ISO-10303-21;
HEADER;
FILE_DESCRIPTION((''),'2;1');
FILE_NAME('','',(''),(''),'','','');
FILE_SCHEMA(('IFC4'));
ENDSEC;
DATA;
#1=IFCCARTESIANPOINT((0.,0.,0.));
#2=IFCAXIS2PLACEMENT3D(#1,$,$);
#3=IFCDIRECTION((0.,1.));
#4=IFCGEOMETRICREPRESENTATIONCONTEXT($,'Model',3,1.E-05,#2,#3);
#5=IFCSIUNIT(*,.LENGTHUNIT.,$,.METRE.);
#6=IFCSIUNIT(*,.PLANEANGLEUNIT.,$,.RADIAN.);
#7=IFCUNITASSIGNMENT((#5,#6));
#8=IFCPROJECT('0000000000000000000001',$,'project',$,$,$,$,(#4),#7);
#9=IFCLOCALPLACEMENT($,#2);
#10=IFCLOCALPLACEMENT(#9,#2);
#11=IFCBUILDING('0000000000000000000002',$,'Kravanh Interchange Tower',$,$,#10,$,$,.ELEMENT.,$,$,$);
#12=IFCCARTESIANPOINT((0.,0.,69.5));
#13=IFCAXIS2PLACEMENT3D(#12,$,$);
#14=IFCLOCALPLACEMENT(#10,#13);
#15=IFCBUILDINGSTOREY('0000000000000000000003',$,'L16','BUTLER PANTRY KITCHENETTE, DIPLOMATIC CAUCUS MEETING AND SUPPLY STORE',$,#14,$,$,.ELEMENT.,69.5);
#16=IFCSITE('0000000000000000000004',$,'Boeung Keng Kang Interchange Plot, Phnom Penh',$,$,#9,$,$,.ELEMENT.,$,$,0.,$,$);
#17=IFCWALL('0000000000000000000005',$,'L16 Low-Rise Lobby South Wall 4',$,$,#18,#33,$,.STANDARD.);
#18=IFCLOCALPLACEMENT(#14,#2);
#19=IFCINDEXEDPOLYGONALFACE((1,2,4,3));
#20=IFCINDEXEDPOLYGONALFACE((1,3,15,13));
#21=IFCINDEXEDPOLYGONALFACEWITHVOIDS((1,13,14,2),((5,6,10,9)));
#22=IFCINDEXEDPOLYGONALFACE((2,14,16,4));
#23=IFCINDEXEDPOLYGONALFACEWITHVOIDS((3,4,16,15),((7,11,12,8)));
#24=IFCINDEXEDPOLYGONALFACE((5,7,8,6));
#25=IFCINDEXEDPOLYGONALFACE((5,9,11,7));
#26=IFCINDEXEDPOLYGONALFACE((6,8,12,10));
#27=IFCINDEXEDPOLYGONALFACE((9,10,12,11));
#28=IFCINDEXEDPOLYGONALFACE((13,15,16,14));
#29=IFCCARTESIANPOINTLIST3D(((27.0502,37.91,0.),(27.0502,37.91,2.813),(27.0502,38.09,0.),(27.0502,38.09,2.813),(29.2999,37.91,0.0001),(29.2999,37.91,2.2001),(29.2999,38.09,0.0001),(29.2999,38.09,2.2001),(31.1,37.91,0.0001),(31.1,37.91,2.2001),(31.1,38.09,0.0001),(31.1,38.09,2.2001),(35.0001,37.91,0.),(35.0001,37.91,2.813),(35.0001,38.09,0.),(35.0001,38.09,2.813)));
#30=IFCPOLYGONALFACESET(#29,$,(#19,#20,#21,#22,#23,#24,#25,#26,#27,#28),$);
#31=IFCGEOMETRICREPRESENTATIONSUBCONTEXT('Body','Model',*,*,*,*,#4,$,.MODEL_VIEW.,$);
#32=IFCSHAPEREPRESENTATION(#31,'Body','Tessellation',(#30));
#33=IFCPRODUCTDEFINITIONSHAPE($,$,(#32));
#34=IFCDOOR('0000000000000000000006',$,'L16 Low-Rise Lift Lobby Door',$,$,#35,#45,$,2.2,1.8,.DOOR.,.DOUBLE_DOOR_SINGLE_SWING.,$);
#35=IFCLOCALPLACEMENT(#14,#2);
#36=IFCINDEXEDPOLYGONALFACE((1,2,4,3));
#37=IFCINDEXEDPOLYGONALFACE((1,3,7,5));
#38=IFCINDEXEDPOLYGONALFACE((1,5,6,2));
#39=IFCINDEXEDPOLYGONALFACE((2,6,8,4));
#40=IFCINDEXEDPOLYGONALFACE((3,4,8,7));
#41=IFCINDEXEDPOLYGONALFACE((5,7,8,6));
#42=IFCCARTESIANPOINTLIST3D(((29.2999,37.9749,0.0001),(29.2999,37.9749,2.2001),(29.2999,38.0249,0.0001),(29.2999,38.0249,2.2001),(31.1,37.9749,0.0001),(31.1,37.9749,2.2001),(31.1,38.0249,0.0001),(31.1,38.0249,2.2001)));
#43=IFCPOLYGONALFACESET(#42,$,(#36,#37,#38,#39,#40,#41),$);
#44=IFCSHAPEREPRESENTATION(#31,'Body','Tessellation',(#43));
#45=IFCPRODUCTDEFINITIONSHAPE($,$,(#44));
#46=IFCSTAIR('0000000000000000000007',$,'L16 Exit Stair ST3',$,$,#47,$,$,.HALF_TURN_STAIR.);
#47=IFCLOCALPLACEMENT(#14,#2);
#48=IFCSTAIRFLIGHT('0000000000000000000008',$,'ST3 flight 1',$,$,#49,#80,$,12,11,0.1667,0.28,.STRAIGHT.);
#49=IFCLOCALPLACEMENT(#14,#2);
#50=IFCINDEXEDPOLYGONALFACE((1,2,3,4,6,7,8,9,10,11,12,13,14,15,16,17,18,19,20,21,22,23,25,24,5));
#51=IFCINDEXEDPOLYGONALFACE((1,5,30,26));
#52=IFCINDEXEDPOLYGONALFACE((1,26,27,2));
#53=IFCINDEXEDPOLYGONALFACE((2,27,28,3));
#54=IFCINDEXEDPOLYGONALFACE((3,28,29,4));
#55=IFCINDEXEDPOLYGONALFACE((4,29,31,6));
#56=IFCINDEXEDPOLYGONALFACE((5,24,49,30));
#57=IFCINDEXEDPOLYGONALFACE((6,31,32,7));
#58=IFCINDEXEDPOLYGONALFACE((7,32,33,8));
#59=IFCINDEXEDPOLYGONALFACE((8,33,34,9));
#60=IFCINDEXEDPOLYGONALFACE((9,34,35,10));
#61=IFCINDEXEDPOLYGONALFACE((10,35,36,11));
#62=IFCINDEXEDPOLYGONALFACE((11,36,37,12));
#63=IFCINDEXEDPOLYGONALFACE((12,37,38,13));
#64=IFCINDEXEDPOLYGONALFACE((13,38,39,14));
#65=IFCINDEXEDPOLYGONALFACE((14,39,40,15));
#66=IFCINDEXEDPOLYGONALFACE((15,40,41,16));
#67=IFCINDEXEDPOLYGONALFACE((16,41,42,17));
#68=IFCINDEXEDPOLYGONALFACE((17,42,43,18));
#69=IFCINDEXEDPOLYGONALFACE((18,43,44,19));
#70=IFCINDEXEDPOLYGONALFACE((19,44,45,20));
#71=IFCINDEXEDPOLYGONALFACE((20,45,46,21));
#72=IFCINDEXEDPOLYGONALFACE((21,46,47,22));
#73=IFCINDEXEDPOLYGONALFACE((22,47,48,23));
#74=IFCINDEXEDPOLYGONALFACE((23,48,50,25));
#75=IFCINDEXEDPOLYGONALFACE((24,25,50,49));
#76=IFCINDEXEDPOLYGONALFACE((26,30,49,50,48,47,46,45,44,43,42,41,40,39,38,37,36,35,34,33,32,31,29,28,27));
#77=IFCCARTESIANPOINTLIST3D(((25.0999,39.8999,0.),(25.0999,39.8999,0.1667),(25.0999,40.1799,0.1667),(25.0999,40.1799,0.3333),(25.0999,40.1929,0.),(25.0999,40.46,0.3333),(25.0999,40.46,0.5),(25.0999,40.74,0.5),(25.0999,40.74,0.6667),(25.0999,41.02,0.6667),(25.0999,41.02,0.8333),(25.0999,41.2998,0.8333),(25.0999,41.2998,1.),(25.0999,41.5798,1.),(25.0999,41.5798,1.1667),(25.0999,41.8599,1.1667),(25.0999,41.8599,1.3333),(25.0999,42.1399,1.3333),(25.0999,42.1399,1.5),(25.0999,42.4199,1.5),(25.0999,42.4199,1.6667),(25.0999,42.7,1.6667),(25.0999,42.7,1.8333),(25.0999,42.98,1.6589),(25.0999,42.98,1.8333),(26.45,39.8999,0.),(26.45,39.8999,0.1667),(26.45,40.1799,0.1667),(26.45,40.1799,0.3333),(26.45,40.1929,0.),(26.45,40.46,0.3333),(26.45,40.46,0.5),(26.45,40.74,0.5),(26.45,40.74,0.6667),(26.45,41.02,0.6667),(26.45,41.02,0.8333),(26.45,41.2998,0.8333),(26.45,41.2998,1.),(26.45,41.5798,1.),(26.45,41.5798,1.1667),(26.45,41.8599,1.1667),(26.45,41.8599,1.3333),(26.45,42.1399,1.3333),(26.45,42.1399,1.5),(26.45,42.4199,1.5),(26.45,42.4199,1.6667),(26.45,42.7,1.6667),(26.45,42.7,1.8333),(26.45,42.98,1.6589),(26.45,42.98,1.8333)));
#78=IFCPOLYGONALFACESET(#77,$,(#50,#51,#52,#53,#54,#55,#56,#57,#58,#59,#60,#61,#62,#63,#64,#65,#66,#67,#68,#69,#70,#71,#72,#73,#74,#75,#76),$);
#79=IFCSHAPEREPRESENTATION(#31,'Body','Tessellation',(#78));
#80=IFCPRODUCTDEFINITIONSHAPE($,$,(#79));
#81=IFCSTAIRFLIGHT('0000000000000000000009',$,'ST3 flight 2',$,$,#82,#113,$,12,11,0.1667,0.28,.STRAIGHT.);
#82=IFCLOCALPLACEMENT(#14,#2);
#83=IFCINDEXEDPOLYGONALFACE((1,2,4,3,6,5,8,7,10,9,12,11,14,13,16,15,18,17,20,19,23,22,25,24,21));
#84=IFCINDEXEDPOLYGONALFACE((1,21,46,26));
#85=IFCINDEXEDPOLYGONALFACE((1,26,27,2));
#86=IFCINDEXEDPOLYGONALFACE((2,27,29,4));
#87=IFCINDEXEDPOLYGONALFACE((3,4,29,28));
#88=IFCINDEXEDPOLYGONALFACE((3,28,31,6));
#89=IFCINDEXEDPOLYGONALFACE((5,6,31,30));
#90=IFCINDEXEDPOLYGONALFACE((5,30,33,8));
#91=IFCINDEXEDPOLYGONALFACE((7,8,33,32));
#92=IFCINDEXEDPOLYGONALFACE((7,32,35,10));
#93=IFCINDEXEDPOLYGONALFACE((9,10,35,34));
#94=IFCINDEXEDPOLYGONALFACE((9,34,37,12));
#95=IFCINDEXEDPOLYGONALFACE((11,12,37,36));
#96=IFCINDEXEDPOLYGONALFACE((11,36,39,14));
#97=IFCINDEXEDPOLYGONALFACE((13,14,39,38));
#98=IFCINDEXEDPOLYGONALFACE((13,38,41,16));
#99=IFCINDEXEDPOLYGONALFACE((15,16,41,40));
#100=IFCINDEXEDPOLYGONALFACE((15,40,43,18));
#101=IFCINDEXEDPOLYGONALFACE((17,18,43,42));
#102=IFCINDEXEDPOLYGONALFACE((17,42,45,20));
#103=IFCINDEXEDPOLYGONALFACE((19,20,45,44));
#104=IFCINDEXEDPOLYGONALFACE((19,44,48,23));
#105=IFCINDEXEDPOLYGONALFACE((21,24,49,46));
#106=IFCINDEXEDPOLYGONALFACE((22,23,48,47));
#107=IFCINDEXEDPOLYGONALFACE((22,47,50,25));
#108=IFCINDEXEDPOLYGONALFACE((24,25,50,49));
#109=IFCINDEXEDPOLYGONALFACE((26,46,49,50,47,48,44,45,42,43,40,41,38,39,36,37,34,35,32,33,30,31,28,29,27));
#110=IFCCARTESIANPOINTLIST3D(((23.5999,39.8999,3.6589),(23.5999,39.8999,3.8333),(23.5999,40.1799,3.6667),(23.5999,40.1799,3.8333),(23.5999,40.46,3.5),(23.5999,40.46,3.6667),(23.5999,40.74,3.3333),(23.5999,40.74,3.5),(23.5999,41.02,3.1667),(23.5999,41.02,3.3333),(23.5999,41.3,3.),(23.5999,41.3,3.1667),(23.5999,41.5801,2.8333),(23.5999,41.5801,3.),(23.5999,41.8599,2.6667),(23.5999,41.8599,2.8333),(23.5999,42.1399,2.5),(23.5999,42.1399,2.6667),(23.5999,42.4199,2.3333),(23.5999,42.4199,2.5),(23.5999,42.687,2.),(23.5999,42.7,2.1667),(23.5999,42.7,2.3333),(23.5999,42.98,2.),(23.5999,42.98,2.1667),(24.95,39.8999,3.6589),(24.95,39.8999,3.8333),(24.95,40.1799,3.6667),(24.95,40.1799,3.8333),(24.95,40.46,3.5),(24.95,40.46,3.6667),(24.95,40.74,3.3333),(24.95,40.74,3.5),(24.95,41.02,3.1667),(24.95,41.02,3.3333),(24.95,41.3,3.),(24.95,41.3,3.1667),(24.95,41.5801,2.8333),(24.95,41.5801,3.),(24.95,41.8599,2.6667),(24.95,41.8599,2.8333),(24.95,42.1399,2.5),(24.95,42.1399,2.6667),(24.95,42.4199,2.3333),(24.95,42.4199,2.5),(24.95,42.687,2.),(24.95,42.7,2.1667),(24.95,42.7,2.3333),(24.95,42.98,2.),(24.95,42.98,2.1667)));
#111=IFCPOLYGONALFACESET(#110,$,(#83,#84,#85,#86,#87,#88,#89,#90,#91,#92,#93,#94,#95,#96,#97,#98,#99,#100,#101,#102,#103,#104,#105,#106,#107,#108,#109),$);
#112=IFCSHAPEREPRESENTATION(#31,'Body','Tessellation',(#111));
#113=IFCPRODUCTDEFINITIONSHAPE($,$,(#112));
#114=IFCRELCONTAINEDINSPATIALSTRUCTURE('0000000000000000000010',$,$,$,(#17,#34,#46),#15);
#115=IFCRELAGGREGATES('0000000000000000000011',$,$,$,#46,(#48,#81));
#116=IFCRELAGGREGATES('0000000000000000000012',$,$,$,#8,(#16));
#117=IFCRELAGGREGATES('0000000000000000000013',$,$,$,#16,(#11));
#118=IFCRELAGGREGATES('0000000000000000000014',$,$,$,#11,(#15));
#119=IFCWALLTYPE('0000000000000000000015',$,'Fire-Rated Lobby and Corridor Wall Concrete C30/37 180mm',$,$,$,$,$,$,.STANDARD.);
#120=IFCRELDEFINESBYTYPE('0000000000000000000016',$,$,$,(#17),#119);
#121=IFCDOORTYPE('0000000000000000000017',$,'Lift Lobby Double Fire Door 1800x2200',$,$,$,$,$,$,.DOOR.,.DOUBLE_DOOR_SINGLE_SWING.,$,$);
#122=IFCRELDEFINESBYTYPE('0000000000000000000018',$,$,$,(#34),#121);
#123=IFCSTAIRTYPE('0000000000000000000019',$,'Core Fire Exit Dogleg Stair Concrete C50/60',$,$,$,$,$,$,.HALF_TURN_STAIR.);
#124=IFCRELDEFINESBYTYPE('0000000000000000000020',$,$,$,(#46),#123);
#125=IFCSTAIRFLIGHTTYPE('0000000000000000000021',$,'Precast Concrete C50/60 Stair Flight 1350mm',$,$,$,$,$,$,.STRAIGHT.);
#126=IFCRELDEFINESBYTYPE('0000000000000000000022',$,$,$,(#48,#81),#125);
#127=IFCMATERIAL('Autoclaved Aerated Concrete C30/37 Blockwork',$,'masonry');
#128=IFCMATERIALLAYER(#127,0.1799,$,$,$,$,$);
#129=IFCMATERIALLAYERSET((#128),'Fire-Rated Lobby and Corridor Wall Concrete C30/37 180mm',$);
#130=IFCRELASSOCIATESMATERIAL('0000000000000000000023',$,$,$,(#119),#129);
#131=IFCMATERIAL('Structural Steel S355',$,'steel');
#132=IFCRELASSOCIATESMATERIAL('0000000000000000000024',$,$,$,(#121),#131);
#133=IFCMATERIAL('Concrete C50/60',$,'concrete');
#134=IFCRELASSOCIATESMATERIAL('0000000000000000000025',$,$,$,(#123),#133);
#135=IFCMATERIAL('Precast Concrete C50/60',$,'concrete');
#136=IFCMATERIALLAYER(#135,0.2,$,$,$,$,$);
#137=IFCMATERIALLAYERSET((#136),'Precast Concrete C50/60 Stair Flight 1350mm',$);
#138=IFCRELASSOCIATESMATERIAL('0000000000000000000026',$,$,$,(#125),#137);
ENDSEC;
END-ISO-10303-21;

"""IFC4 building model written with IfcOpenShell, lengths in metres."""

from ifc_helpers import new_model, si_unit, direction, frame, frame_2d, origin, place, context, subcontext, project, spatial, polyline, rectangle, outline, extrude, material, layer, layer_set, type_object, element, fill, aggregate, save


model = new_model("IFC4")

# Units and contexts
model_context = context("Model", 3, precision=1e-05, world=origin(), true_north=direction((0.0, 1.0)))
body_context = subcontext(model_context, "Body", "Model", "MODEL_VIEW")
ifc_project = project(units=[si_unit("LENGTHUNIT", "METRE"), si_unit("PLANEANGLEUNIT", "RADIAN")], contexts=[model_context])

# Site, building, storey
site_placement = place(None, origin())
site = spatial("IfcSite", under=ifc_project, at=site_placement, Name="Boeung Keng Kang Interchange Plot, Phnom Penh", CompositionType="ELEMENT", RefElevation=0.0)
building_placement = place(site_placement, origin())
building = spatial("IfcBuilding", under=site, at=building_placement, Name="Kravanh Interchange Tower", CompositionType="ELEMENT")
storey_placement = place(building_placement, frame((0.0, 0.0, 69.5)))
storey = spatial("IfcBuildingStorey", under=building, at=storey_placement, Name="L16", Description="BUTLER PANTRY KITCHENETTE, DIPLOMATIC CAUCUS MEETING AND SUPPLY STORE", CompositionType="ELEMENT", Elevation=69.5)

# Wall, opening, door
ifc_material_1 = material(Name="Autoclaved Aerated Concrete C30/37 Blockwork", Category="masonry")
ifc_layer_1 = layer(ifc_material_1, 0.1799)
ifc_layer_set_1 = layer_set([ifc_layer_1], Name="Fire-Rated Lobby and Corridor Wall Concrete C30/37 180mm")
wall_type_1 = type_object("IfcWallType", Name="Fire-Rated Lobby and Corridor Wall Concrete C30/37 180mm", PredefinedType="STANDARD", material=ifc_layer_set_1)
wall_1_placement = place(storey_placement, frame((27.05, 38.0, 0.0), z_axis=(0.0, 0.0, 1.0), x_axis=(1.0, 0.0, 0.0)))
wall_1 = element("IfcWall", 1, at=wall_1_placement, inside=storey, type_object=wall_type_1, Name="L16 Low-Rise Lobby South Wall 4", PredefinedType="STANDARD", context=body_context, shape_type="SweptSolid", body=[
    extrude(rectangle(XDim=7.95, YDim=0.1799, at=frame_2d((3.9751, 0.0))), origin(), (0.0, 0.0, 1.0), 2.813),
])
opening_1_placement = place(wall_1_placement, frame((2.25, 0.0, 0.0)))
opening_1 = element("IfcOpeningElement", 2, at=opening_1_placement, cuts=wall_1, PredefinedType="OPENING", context=body_context, shape_type="SweptSolid", body=[
    extrude(rectangle(XDim=1.8, YDim=2.2, at=frame_2d((0.8999, 1.1001))), frame((0.0, 0.1001, 0.0), z_axis=(0.0, -1.0, 0.0), x_axis=(1.0, 0.0, 0.0)), (0.0, 0.0, 1.0), 0.2),
])
ifc_material_2 = material(Name="Structural Steel S355", Category="steel")
door_type_1 = type_object("IfcDoorType", Name="Lift Lobby Double Fire Door 1800x2200", OperationType="DOUBLE_DOOR_SINGLE_SWING", PredefinedType="DOOR", material=ifc_material_2)
door_1_placement = place(opening_1_placement, origin())
door_1 = element("IfcDoor", 3, at=door_1_placement, inside=storey, type_object=door_type_1, Name="L16 Low-Rise Lift Lobby Door", OperationType="DOUBLE_DOOR_SINGLE_SWING", OverallHeight=2.2, OverallWidth=1.8, PredefinedType="DOOR", context=body_context, shape_type="SweptSolid", body=[
    extrude(rectangle(XDim=1.8, YDim=2.2, at=frame_2d((0.8999, 1.1001))), frame((0.0, 0.0249, 0.0), z_axis=(0.0, -1.0, 0.0), x_axis=(1.0, 0.0, 0.0)), (0.0, 0.0, 1.0), 0.05),
])
fill(opening_1, door_1)

# Stair, stair flights
ifc_material_3 = material(Name="Concrete C50/60", Category="concrete")
stair_type = type_object("IfcStairType", Name="Core Fire Exit Dogleg Stair Concrete C50/60", PredefinedType="HALF_TURN_STAIR", material=ifc_material_3)
stair_placement = place(storey_placement, origin())
stair = element("IfcStair", 4, at=stair_placement, inside=storey, type_object=stair_type, Name="L16 Exit Stair ST3", PredefinedType="HALF_TURN_STAIR")
ifc_material_4 = material(Name="Precast Concrete C50/60", Category="concrete")
ifc_layer_2 = layer(ifc_material_4, 0.2)
ifc_layer_set_2 = layer_set([ifc_layer_2], Name="Precast Concrete C50/60 Stair Flight 1350mm")
stair_flight_type = type_object("IfcStairFlightType", Name="Precast Concrete C50/60 Stair Flight 1350mm", PredefinedType="STRAIGHT", material=ifc_layer_set_2)
stair_flight_1_placement = place(storey_placement, frame((25.7749, 39.8999, 0.0), z_axis=(0.0, 0.0, 1.0), x_axis=(0.0, 1.0, 0.0)))
stair_flight_1 = element("IfcStairFlight", 5, at=stair_flight_1_placement, type_object=stair_flight_type, Name="ST3 flight 1", NumberOfRisers=12, NumberOfTreads=11, PredefinedType="STRAIGHT", RiserHeight=0.1667, TreadLength=0.28, context=body_context, shape_type="SweptSolid", body=[
    extrude(outline(polyline([(0.0, 0.0), (0.0, 0.1667), (0.28, 0.1667), (0.28, 0.3333), (0.5601, 0.3333), (0.5601, 0.5), (0.8401, 0.5), (0.8401, 0.6667), (1.1201, 0.6667), (1.1201, 0.8333), (1.3999, 0.8333), (1.3999, 1.0), (1.6799, 1.0), (1.6799, 1.1667), (1.96, 1.1667), (1.96, 1.3333), (2.24, 1.3333), (2.24, 1.5), (2.52, 1.5), (2.52, 1.6667), (2.8, 1.6667), (2.8, 1.8333), (3.0801, 1.8333), (3.0801, 2.0), (3.0801, 1.6589), (0.293, 0.0), (0.0, 0.0)])), frame((0.0, 0.675, 0.0), z_axis=(0.0, -1.0, 0.0), x_axis=(1.0, 0.0, 0.0)), (0.0, 0.0, 1.0), 1.3501),
])
stair_flight_2_placement = place(storey_placement, frame((24.2749, 42.98, 2.0), z_axis=(0.0, 0.0, 1.0), x_axis=(0.0, -1.0, 0.0)))
stair_flight_2 = element("IfcStairFlight", 6, at=stair_flight_2_placement, type_object=stair_flight_type, Name="ST3 flight 2", NumberOfRisers=12, NumberOfTreads=11, PredefinedType="STRAIGHT", RiserHeight=0.1667, TreadLength=0.28, context=body_context, shape_type="SweptSolid", body=[
    extrude(outline(polyline([(0.0, 0.0), (0.0, 0.1667), (0.28, 0.1667), (0.28, 0.3333), (0.5601, 0.3333), (0.5601, 0.5), (0.8401, 0.5), (0.8401, 0.6667), (1.1201, 0.6667), (1.1201, 0.8333), (1.3999, 0.8333), (1.3999, 1.0), (1.6799, 1.0), (1.6799, 1.1667), (1.96, 1.1667), (1.96, 1.3333), (2.24, 1.3333), (2.24, 1.5), (2.52, 1.5), (2.52, 1.6667), (2.8, 1.6667), (2.8, 1.8333), (3.0801, 1.8333), (3.0801, 2.0), (3.0801, 1.6589), (0.293, 0.0), (0.0, 0.0)])), frame((0.0, 0.675, 0.0), z_axis=(0.0, -1.0, 0.0), x_axis=(1.0, 0.0, 0.0)), (0.0, 0.0, 1.0), 1.3501),
])
aggregate(stair, [stair_flight_1, stair_flight_2])

save(model, "model.ifc")
